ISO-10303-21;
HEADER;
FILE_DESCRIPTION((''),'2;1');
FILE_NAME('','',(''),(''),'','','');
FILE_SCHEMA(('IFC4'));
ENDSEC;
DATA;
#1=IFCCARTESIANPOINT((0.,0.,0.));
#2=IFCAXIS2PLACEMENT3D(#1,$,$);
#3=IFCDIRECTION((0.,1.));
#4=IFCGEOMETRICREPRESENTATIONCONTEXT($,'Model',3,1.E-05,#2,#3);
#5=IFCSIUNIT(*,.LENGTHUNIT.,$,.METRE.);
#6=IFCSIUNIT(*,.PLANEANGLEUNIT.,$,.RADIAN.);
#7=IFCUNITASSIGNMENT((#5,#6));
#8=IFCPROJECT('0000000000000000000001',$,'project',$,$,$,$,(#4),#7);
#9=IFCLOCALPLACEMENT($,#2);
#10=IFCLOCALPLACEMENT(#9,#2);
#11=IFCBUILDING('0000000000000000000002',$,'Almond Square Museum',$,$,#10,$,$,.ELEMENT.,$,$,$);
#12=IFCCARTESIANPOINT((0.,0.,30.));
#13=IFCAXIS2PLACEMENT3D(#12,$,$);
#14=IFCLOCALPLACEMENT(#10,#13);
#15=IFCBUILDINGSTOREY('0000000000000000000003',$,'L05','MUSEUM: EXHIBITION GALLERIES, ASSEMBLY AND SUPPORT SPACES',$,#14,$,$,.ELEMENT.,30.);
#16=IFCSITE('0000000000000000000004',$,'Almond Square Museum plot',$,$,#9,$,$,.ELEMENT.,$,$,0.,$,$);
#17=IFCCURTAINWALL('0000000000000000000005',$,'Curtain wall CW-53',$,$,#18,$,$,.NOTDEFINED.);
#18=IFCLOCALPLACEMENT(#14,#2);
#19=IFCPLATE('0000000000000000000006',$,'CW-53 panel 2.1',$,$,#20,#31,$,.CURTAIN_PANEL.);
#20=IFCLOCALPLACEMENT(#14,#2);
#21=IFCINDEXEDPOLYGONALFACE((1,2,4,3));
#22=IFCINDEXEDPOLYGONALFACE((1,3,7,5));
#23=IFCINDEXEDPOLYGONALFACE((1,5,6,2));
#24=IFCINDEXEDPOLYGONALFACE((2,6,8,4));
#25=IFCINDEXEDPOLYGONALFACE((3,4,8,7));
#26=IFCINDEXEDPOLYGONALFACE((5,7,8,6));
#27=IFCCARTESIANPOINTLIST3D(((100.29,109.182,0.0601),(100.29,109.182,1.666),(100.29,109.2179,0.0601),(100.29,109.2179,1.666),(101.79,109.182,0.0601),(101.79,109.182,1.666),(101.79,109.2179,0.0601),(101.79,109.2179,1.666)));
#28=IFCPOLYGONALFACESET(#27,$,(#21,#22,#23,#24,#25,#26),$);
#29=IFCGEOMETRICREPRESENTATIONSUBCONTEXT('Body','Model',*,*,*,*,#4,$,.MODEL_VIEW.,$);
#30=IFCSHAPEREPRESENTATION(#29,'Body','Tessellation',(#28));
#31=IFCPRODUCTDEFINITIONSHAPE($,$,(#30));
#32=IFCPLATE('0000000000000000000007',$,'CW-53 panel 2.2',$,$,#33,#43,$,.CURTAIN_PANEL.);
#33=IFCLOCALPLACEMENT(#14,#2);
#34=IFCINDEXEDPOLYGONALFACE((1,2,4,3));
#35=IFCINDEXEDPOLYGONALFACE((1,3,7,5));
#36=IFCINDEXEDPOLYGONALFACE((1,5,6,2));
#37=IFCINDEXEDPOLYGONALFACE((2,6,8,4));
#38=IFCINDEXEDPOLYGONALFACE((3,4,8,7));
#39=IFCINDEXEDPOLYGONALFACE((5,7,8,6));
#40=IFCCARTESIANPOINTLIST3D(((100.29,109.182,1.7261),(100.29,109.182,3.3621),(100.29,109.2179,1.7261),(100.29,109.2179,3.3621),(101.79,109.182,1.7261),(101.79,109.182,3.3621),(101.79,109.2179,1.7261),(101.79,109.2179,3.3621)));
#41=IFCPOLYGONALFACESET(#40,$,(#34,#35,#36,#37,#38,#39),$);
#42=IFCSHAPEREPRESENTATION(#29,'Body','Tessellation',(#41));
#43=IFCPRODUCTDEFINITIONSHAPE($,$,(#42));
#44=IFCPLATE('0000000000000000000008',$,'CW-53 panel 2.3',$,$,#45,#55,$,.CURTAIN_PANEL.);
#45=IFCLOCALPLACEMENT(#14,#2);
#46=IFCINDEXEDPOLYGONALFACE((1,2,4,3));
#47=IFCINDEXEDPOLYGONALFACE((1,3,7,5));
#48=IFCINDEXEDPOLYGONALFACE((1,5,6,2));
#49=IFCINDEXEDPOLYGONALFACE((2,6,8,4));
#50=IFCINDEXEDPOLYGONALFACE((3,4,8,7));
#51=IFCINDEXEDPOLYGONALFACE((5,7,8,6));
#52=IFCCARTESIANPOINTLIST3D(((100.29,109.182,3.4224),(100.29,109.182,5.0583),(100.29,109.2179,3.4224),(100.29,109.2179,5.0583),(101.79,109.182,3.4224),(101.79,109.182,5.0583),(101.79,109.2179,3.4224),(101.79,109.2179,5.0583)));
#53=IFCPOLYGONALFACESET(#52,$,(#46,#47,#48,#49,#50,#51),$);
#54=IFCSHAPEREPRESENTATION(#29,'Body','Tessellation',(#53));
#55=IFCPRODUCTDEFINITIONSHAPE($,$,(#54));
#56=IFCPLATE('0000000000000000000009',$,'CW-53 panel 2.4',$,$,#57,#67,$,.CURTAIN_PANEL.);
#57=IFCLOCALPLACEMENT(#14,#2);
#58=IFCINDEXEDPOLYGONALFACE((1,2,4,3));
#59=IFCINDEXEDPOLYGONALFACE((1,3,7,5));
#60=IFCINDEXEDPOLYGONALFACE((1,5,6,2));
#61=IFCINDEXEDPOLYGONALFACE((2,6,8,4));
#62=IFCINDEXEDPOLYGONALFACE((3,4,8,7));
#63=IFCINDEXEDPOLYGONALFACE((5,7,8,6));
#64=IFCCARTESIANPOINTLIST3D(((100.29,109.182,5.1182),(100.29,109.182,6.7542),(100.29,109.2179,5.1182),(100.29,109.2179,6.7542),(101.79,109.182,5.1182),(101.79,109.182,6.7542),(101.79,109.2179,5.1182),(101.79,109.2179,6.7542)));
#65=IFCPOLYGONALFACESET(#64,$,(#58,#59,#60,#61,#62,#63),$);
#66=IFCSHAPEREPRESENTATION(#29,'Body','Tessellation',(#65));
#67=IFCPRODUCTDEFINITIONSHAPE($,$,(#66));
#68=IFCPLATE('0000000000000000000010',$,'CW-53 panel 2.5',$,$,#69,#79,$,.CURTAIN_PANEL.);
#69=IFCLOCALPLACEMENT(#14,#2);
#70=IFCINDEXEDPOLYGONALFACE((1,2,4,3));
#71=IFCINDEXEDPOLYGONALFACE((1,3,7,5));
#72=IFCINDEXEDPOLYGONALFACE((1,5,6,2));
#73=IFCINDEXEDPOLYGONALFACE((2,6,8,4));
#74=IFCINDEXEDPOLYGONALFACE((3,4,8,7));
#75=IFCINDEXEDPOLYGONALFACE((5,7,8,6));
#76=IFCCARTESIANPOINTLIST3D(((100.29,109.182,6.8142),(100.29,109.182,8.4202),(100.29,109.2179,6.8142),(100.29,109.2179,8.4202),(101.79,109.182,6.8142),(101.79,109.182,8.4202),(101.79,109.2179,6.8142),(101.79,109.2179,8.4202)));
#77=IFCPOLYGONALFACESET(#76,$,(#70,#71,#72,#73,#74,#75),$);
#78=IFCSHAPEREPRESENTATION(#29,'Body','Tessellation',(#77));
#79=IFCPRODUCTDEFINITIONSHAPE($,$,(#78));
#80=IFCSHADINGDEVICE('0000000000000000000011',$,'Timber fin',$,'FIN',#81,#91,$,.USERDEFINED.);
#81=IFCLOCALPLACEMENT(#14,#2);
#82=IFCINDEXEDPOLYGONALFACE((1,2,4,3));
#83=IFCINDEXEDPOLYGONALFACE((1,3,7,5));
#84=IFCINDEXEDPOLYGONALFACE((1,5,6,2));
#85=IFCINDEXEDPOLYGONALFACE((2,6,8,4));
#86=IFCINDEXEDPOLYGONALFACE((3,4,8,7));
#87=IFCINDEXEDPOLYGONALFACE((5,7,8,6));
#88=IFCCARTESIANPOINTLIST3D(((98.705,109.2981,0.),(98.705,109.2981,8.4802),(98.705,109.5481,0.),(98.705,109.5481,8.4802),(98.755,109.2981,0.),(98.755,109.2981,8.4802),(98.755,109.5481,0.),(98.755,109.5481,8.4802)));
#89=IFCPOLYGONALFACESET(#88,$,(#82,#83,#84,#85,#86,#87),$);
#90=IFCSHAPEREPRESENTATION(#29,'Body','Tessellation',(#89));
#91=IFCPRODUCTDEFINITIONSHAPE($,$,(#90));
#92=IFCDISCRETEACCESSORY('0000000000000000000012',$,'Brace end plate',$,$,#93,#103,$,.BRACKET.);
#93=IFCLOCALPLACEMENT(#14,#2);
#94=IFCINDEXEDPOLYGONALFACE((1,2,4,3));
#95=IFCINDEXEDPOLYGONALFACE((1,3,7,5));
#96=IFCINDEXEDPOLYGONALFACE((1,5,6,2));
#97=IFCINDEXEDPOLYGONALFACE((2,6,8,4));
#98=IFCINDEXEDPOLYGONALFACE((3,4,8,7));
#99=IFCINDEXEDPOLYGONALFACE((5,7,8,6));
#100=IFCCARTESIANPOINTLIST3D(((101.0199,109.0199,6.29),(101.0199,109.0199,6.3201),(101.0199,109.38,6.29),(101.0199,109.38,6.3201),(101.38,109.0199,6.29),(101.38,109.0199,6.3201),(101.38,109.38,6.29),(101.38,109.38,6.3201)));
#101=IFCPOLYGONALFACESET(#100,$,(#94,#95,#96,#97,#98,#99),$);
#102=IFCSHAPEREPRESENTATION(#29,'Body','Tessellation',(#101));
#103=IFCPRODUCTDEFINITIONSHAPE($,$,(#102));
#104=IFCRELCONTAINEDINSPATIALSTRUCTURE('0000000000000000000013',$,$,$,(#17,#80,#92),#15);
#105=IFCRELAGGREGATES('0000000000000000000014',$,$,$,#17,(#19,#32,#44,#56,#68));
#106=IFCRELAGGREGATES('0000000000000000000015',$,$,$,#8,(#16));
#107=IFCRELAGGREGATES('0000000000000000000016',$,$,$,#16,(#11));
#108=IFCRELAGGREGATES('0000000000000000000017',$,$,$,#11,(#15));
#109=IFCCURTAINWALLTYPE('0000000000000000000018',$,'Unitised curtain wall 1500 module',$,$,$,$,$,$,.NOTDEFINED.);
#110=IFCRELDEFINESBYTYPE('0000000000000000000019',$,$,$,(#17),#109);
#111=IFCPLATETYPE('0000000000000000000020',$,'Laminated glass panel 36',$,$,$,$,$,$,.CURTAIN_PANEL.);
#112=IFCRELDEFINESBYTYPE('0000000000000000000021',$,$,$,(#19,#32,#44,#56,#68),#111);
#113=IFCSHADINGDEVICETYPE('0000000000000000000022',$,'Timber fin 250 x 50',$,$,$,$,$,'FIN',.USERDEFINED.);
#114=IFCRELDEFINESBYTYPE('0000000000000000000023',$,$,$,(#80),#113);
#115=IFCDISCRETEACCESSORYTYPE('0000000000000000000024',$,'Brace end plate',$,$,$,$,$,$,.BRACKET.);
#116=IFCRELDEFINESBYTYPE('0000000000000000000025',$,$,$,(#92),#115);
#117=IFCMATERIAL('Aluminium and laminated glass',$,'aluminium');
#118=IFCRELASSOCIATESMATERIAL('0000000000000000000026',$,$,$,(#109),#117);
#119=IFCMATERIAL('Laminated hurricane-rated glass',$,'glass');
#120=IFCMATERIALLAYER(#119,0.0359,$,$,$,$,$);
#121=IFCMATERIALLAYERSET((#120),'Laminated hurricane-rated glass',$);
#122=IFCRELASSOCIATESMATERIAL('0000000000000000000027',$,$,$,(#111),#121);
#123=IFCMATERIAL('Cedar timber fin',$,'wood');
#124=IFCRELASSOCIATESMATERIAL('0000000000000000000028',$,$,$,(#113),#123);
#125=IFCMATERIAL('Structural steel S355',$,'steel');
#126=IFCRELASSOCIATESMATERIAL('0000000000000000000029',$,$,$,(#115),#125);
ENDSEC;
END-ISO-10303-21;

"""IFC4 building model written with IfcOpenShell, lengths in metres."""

from ifc_helpers import new_model, si_unit, direction, frame, origin, origin_2d, place, context, subcontext, project, spatial, rectangle, extrude, material, layer, layer_set, material_profile, profile_set, type_object, element, aggregate, save


model = new_model("IFC4")

# Units and contexts
model_context = context("Model", 3, precision=1e-05, world=origin(), true_north=direction((0.0, 1.0)))
body_context = subcontext(model_context, "Body", "Model", "MODEL_VIEW")
ifc_project = project(units=[si_unit("LENGTHUNIT", "METRE"), si_unit("PLANEANGLEUNIT", "RADIAN")], contexts=[model_context])

# Site, building, storey
site_placement = place(None, origin())
site = spatial("IfcSite", under=ifc_project, at=site_placement, Name="Almond Square Museum plot", CompositionType="ELEMENT", RefElevation=0.0)
building_placement = place(site_placement, origin())
building = spatial("IfcBuilding", under=site, at=building_placement, Name="Almond Square Museum", CompositionType="ELEMENT")
storey_placement = place(building_placement, frame((0.0, 0.0, 30.0)))
storey = spatial("IfcBuildingStorey", under=building, at=storey_placement, Name="L05", Description="MUSEUM: EXHIBITION GALLERIES, ASSEMBLY AND SUPPORT SPACES", CompositionType="ELEMENT", Elevation=30.0)

# Curtain wall
ifc_material_1 = material(Name="Aluminium and laminated glass", Category="aluminium")
curtain_wall_type = type_object("IfcCurtainWallType", Name="Unitised curtain wall 1500 module", PredefinedType="NOTDEFINED", material=ifc_material_1)
curtain_wall_1_placement = place(storey_placement, origin())
curtain_wall_1 = element("IfcCurtainWall", 1, at=curtain_wall_1_placement, inside=storey, type_object=curtain_wall_type, Name="Curtain wall CW-53", PredefinedType="NOTDEFINED")

# Plates
ifc_material_2 = material(Name="Laminated hurricane-rated glass", Category="glass")
ifc_layer = layer(ifc_material_2, 0.0359)
ifc_layer_set = layer_set([ifc_layer], Name="Laminated hurricane-rated glass")
plate_type = type_object("IfcPlateType", Name="Laminated glass panel 36", PredefinedType="CURTAIN_PANEL", material=ifc_layer_set)
plate_1_placement = place(storey_placement, frame((101.04, 109.2, 0.0601), z_axis=(0.0, 0.0, 1.0), x_axis=(1.0, 0.0, 0.0)))
plate_1 = element("IfcPlate", 2, at=plate_1_placement, type_object=plate_type, Name="CW-53 panel 2.1", PredefinedType="CURTAIN_PANEL", context=body_context, shape_type="SweptSolid", body=[
    extrude(rectangle(XDim=1.5, YDim=0.0359, at=origin_2d()), origin(), (0.0, 0.0, 1.0), 1.606),
])
plate_2_placement = place(storey_placement, frame((101.04, 109.2, 1.7261), z_axis=(0.0, 0.0, 1.0), x_axis=(1.0, 0.0, 0.0)))
plate_2 = element("IfcPlate", 3, at=plate_2_placement, type_object=plate_type, Name="CW-53 panel 2.2", PredefinedType="CURTAIN_PANEL", context=body_context, shape_type="SweptSolid", body=[
    extrude(rectangle(XDim=1.5, YDim=0.0359, at=origin_2d()), origin(), (0.0, 0.0, 1.0), 1.636),
])
plate_3_placement = place(storey_placement, frame((101.04, 109.2, 3.4224), z_axis=(0.0, 0.0, 1.0), x_axis=(1.0, 0.0, 0.0)))
plate_3 = element("IfcPlate", 4, at=plate_3_placement, type_object=plate_type, Name="CW-53 panel 2.3", PredefinedType="CURTAIN_PANEL", context=body_context, shape_type="SweptSolid", body=[
    extrude(rectangle(XDim=1.5, YDim=0.0359, at=origin_2d()), origin(), (0.0, 0.0, 1.0), 1.636),
])
plate_4_placement = place(storey_placement, frame((101.04, 109.2, 5.1182), z_axis=(0.0, 0.0, 1.0), x_axis=(1.0, 0.0, 0.0)))
plate_4 = element("IfcPlate", 5, at=plate_4_placement, type_object=plate_type, Name="CW-53 panel 2.4", PredefinedType="CURTAIN_PANEL", context=body_context, shape_type="SweptSolid", body=[
    extrude(rectangle(XDim=1.5, YDim=0.0359, at=origin_2d()), origin(), (0.0, 0.0, 1.0), 1.636),
])
plate_5_placement = place(storey_placement, frame((101.04, 109.2, 6.8142), z_axis=(0.0, 0.0, 1.0), x_axis=(1.0, 0.0, 0.0)))
plate_5 = element("IfcPlate", 6, at=plate_5_placement, type_object=plate_type, Name="CW-53 panel 2.5", PredefinedType="CURTAIN_PANEL", context=body_context, shape_type="SweptSolid", body=[
    extrude(rectangle(XDim=1.5, YDim=0.0359, at=origin_2d()), origin(), (0.0, 0.0, 1.0), 1.606),
])
aggregate(curtain_wall_1, [plate_1, plate_2, plate_3, plate_4, plate_5])

# Shading device
ifc_material_3 = material(Name="Cedar timber fin", Category="wood")
ifc_material_profile_1 = material_profile(ifc_material_3, rectangle(XDim=0.25, YDim=0.05, at=origin_2d()))
ifc_profile_set_1 = profile_set([ifc_material_profile_1], Name="Cedar timber fin")
shading_device_type = type_object("IfcShadingDeviceType", Name="Timber fin 250 x 50", ElementType="FIN", PredefinedType="USERDEFINED", material=ifc_profile_set_1)
shading_device_placement = place(storey_placement, frame((98.73, 109.4231, 0.0), z_axis=(0.0, 0.0, 1.0), x_axis=(0.0, 1.0, 0.0)))
element("IfcShadingDevice", 7, at=shading_device_placement, inside=storey, type_object=shading_device_type, Name="Timber fin", ObjectType="FIN", PredefinedType="USERDEFINED", context=body_context, shape_type="SweptSolid", body=[
    extrude(rectangle(XDim=0.25, YDim=0.05, at=origin_2d()), origin(), (0.0, 0.0, 1.0), 8.4802),
])

# Discrete accessory
ifc_material_4 = material(Name="Structural steel S355", Category="steel")
discrete_accessory_type = type_object("IfcDiscreteAccessoryType", Name="Brace end plate", PredefinedType="BRACKET", material=ifc_material_4)
discrete_accessory_placement = place(storey_placement, frame((101.2, 109.2, 6.29), z_axis=(0.0, 0.0, 1.0), x_axis=(1.0, 0.0, 0.0)))
element("IfcDiscreteAccessory", 8, at=discrete_accessory_placement, inside=storey, type_object=discrete_accessory_type, Name="Brace end plate", PredefinedType="BRACKET", context=body_context, shape_type="SweptSolid", body=[
    extrude(rectangle(XDim=0.3601, YDim=0.3601, at=origin_2d()), origin(), (0.0, 0.0, 1.0), 0.03),
])

save(model, "model.ifc")
